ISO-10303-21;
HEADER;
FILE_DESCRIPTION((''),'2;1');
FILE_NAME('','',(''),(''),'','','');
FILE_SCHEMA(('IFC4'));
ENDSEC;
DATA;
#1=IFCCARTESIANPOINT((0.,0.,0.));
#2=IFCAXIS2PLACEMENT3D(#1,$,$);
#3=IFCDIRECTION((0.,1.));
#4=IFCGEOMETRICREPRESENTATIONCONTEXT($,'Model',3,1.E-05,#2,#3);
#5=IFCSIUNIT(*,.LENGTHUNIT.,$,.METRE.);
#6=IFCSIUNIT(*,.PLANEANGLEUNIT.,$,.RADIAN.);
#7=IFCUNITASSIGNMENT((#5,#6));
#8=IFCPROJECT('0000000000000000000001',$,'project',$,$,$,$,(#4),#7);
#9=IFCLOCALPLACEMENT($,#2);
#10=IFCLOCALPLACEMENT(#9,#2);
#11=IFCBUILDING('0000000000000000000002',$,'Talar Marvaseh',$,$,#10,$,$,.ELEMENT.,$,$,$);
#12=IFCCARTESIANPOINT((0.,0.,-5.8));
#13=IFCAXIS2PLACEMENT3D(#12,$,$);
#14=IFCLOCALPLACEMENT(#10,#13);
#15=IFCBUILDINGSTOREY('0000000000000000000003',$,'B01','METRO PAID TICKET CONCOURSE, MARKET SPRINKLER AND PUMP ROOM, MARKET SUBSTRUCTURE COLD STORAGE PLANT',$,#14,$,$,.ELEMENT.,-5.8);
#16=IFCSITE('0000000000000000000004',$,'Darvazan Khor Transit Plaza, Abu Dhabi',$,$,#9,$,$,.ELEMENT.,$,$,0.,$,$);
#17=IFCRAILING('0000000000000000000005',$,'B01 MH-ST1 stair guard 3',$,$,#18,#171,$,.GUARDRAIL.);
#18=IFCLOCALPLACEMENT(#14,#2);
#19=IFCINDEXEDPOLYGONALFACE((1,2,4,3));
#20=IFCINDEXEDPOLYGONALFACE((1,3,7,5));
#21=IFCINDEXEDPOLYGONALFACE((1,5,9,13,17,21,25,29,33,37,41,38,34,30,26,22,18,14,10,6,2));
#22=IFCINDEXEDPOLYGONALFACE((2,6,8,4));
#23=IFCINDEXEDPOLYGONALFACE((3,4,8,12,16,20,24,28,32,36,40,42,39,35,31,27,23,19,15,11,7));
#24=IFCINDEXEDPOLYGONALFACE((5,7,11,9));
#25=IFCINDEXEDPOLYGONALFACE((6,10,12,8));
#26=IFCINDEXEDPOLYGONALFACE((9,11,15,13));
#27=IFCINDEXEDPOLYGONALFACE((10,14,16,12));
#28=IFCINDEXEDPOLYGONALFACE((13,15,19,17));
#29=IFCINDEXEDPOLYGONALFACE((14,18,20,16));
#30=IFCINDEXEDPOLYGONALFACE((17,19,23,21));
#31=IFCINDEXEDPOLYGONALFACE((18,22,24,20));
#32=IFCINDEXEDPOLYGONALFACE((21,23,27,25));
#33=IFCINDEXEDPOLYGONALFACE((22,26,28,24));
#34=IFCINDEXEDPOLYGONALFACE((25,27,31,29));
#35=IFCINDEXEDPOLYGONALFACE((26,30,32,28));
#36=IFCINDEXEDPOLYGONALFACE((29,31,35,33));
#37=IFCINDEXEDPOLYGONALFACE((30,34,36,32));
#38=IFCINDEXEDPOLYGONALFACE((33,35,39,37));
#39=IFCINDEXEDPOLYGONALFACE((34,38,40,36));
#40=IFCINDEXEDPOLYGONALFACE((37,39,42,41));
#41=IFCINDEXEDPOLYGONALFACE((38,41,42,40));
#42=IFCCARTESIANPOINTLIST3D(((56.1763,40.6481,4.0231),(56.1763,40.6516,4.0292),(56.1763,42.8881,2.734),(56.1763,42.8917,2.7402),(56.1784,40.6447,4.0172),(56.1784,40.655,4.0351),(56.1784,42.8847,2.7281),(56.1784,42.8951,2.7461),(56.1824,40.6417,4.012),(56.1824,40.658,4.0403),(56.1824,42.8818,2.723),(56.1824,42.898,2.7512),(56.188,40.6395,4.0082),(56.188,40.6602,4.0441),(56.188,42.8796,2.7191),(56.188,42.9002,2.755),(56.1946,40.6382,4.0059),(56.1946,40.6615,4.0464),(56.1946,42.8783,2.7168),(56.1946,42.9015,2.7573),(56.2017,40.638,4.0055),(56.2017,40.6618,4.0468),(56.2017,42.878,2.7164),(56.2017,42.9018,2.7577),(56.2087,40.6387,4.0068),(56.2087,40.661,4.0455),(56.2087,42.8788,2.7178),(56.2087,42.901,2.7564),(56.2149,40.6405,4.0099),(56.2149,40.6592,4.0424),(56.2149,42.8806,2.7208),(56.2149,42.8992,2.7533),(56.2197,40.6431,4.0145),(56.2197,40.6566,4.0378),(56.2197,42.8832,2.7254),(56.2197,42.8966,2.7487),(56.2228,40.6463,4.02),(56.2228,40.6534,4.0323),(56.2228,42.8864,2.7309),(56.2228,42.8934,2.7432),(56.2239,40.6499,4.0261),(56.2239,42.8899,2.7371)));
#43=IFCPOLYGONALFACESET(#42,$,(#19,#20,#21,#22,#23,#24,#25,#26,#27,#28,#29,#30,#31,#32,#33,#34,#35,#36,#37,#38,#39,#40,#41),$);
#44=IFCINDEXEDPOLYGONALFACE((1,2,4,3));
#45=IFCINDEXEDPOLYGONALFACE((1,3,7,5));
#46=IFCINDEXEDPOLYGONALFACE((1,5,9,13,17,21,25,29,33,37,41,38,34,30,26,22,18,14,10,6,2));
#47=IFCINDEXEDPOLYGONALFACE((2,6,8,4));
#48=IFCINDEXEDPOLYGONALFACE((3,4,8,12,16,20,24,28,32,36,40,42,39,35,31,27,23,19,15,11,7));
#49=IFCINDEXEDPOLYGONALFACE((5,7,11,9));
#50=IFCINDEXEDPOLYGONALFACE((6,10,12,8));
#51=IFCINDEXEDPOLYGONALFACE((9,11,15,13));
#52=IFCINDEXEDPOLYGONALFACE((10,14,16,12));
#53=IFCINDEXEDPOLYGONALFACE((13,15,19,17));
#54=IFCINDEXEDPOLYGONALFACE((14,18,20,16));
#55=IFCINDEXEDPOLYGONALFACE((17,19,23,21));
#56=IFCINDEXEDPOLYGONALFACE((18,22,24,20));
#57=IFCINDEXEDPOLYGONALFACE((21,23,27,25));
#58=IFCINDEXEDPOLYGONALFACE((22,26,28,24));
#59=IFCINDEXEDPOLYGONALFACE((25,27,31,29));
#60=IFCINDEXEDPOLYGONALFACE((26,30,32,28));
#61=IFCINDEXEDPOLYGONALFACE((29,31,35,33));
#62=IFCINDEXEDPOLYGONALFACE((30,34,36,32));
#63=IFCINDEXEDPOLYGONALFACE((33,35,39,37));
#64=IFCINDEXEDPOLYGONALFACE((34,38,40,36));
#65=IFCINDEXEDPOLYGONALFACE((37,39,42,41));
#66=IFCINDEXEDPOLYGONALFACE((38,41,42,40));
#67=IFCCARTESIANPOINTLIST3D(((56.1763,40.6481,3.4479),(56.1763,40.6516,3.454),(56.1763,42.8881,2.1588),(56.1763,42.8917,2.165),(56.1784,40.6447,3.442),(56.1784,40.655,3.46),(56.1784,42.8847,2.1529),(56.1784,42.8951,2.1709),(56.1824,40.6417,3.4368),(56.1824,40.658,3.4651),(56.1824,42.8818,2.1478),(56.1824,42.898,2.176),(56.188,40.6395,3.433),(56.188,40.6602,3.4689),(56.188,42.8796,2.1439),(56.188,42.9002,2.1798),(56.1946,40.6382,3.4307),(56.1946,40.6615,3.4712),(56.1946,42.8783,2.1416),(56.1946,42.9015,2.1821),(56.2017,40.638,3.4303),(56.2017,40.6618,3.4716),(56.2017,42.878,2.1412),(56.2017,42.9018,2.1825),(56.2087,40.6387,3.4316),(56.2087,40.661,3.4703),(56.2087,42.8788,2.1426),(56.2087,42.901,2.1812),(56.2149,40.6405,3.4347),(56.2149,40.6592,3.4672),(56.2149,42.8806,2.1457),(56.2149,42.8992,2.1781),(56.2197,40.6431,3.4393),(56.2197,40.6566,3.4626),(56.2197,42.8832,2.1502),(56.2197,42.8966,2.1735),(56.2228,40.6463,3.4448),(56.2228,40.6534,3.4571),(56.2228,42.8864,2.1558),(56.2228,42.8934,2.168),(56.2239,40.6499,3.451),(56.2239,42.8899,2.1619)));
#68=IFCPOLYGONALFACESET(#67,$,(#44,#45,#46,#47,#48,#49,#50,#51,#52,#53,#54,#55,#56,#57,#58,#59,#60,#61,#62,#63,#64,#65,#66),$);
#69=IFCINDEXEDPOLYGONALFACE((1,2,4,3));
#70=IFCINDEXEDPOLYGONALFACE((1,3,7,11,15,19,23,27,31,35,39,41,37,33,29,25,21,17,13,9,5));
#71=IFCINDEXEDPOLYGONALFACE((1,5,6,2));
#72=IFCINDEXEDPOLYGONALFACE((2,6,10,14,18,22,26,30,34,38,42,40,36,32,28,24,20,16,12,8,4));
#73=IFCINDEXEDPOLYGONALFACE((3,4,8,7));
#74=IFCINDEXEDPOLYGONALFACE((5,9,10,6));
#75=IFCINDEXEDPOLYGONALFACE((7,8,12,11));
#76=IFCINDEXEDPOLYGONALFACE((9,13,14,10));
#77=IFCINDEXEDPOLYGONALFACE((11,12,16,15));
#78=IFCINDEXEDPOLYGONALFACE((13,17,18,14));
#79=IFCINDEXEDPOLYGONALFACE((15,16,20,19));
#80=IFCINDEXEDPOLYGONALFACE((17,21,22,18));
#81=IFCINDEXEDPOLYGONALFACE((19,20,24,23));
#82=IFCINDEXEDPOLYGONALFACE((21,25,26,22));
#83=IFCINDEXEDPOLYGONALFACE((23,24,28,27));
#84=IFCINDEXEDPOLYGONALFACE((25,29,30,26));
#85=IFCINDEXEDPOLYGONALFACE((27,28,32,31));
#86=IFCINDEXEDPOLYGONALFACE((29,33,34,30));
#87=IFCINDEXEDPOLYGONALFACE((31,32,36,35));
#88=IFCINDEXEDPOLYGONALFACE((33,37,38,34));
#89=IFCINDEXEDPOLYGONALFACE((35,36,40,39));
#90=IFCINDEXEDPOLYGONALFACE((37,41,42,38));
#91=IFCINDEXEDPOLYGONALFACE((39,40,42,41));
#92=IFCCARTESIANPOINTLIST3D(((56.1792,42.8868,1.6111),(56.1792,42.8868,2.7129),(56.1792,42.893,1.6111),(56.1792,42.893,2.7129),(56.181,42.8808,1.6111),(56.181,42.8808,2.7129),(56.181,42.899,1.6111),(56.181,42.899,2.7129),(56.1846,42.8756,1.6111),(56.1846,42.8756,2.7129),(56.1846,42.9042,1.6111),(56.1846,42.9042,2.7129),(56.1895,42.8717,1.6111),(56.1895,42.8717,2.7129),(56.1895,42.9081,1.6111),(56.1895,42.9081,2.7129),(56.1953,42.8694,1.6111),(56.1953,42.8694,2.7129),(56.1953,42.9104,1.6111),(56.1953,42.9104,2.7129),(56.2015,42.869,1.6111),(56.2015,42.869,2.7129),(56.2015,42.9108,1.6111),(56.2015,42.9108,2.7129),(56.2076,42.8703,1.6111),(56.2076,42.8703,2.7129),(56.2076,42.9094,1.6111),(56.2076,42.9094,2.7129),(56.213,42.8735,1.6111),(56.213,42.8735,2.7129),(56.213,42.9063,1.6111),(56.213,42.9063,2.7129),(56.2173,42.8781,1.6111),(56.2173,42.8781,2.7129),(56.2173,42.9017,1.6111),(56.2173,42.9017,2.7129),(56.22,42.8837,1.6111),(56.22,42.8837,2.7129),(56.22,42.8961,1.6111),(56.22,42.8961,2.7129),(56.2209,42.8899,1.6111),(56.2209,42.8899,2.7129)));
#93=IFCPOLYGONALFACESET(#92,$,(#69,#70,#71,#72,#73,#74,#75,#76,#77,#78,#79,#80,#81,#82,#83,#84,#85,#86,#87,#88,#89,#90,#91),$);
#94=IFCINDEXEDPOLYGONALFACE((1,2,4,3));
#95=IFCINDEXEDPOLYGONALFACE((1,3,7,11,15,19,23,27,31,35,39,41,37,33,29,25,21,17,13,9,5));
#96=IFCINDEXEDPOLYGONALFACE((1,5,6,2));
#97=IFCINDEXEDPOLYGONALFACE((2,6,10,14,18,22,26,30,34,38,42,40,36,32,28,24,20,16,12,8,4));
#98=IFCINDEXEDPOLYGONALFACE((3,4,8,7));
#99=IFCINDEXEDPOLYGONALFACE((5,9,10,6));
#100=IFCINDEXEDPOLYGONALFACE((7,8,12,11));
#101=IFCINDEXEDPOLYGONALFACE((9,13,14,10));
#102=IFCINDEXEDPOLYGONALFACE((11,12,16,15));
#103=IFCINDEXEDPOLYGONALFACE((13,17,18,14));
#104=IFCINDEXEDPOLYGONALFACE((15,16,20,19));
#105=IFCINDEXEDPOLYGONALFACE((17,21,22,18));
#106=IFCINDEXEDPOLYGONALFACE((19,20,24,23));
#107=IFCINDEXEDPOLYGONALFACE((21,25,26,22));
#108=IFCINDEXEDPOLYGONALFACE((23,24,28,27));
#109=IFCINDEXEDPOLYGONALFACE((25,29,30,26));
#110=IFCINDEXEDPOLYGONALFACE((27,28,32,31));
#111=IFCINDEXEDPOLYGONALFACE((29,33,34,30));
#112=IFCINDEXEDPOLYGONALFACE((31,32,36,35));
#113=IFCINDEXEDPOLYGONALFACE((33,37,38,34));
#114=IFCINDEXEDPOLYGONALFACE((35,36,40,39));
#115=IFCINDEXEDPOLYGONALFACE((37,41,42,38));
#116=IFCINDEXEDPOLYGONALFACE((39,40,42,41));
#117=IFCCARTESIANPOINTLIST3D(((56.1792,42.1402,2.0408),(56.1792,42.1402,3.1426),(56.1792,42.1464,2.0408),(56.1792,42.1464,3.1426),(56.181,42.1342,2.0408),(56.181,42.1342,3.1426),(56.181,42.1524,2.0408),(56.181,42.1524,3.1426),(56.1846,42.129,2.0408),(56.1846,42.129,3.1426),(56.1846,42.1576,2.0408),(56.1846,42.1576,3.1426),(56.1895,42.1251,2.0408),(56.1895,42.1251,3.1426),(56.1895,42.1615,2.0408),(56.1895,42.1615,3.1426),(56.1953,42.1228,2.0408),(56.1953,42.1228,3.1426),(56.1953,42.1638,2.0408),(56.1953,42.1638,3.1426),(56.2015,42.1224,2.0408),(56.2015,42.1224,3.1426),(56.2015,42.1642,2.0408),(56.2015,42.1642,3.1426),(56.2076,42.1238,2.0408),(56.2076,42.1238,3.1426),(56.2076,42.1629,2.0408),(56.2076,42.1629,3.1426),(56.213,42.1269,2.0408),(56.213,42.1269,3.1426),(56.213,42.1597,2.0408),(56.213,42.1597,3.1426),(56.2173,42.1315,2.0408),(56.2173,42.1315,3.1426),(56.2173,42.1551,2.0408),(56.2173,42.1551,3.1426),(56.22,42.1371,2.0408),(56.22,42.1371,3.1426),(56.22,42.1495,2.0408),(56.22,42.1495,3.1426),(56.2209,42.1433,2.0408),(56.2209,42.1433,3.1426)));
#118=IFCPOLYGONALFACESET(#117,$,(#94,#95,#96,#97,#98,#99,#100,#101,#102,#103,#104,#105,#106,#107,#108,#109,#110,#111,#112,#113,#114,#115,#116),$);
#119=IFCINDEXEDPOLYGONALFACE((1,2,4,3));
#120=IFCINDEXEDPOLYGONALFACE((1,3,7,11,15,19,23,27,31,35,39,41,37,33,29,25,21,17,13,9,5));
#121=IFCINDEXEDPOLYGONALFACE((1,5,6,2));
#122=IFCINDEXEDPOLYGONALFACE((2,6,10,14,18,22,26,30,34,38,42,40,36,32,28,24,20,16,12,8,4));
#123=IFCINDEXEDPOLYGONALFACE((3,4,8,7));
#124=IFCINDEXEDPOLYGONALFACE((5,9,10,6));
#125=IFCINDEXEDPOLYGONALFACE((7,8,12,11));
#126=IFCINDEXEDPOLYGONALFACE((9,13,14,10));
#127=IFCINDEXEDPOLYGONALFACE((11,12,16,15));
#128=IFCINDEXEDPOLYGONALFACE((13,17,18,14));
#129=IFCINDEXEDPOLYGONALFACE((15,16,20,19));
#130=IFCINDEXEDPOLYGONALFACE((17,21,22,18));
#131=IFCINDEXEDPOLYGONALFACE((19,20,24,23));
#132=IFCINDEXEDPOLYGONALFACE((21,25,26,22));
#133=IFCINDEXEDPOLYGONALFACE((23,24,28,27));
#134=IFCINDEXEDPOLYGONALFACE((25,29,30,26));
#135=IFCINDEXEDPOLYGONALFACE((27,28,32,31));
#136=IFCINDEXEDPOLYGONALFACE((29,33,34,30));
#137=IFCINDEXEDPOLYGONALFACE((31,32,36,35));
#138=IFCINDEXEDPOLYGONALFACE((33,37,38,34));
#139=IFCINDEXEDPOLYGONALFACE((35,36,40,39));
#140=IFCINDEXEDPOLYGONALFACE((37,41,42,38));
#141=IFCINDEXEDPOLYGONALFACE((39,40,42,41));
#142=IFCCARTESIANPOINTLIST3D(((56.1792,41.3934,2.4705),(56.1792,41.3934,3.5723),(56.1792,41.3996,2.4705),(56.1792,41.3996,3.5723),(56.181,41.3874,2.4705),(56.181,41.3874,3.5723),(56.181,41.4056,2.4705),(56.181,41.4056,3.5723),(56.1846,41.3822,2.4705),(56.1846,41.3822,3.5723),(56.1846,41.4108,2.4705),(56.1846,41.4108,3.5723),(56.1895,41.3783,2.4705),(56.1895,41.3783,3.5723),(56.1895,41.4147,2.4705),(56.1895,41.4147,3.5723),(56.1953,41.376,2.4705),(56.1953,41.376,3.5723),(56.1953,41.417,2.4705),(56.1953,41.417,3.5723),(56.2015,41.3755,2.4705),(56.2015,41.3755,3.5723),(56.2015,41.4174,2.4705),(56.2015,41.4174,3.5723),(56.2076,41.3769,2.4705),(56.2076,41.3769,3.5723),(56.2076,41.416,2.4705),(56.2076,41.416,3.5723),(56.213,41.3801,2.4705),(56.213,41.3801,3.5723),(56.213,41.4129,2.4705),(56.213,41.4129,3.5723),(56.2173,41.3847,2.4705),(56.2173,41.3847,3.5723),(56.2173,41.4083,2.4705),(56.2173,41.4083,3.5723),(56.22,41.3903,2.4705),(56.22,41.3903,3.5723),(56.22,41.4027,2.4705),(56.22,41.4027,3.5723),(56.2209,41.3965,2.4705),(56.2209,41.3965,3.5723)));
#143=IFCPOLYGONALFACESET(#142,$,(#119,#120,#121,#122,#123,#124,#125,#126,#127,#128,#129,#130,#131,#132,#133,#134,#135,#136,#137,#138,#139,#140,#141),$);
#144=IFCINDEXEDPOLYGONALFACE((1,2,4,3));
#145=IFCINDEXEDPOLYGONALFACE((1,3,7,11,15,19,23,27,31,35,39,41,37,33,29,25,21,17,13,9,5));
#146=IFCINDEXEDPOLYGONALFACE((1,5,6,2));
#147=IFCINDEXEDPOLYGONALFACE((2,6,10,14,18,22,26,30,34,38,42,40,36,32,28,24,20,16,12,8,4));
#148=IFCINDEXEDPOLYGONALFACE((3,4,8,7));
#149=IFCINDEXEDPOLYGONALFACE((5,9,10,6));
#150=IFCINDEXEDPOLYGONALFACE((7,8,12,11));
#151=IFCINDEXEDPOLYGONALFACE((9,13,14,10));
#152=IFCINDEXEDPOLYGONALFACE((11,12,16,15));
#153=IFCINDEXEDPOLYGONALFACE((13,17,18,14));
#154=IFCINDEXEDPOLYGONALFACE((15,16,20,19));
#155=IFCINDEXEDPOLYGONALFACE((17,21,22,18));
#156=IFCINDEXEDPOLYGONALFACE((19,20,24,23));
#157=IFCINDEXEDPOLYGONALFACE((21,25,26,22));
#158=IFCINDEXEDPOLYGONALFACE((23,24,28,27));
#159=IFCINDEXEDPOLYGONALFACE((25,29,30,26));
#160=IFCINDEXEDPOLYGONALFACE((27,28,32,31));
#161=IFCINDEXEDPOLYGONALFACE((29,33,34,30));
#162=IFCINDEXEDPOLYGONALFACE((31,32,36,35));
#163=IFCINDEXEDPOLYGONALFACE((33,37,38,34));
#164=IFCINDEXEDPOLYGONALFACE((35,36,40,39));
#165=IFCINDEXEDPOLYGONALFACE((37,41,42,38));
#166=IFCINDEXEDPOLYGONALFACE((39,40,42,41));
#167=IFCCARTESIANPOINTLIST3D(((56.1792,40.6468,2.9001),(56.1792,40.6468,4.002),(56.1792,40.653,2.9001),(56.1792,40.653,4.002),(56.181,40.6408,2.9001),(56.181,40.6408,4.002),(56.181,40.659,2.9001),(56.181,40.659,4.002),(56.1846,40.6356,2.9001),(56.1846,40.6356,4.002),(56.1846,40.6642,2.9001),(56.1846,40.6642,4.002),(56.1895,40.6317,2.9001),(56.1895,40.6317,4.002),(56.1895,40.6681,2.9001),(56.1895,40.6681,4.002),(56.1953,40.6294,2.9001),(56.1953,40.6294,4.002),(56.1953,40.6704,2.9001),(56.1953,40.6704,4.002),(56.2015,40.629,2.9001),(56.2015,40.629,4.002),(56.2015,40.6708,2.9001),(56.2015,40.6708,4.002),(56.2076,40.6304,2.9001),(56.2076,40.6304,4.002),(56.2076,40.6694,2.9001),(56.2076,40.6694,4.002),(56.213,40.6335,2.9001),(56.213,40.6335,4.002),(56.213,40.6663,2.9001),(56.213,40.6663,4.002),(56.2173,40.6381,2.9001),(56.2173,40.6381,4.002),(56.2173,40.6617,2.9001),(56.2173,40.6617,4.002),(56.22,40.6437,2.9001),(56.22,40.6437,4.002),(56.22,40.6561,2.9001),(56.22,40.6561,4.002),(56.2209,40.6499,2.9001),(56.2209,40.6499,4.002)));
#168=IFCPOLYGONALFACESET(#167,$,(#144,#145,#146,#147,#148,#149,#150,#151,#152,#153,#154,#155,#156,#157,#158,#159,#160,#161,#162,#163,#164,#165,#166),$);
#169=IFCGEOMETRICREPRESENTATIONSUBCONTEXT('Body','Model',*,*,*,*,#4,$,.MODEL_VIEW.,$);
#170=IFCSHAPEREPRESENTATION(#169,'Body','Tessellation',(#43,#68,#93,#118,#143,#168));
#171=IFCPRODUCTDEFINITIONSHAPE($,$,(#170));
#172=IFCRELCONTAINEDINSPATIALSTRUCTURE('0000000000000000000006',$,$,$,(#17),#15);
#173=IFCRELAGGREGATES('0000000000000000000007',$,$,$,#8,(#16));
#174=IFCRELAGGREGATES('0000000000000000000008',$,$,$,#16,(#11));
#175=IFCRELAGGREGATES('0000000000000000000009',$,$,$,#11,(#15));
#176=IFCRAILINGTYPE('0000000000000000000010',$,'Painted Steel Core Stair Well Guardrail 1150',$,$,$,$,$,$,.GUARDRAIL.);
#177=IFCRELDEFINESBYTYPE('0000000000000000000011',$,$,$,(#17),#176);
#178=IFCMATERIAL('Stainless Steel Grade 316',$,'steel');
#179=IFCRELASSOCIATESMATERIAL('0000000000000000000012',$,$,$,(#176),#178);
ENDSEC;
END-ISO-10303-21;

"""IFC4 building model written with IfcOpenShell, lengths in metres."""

from ifc_helpers import new_model, si_unit, direction, frame, origin, origin_2d, place, context, subcontext, project, spatial, circle, extrude, material, type_object, element, save


model = new_model("IFC4")

# Units and contexts
model_context = context("Model", 3, precision=1e-05, world=origin(), true_north=direction((0.0, 1.0)))
body_context = subcontext(model_context, "Body", "Model", "MODEL_VIEW")
ifc_project = project(units=[si_unit("LENGTHUNIT", "METRE"), si_unit("PLANEANGLEUNIT", "RADIAN")], contexts=[model_context])

# Site, building, storey
site_placement = place(None, origin())
site = spatial("IfcSite", under=ifc_project, at=site_placement, Name="Darvazan Khor Transit Plaza, Abu Dhabi", CompositionType="ELEMENT", RefElevation=0.0)
building_placement = place(site_placement, origin())
building = spatial("IfcBuilding", under=site, at=building_placement, Name="Talar Marvaseh", CompositionType="ELEMENT")
storey_placement = place(building_placement, frame((0.0, 0.0, -5.8)))
storey = spatial("IfcBuildingStorey", under=building, at=storey_placement, Name="B01", Description="METRO PAID TICKET CONCOURSE, MARKET SPRINKLER AND PUMP ROOM, MARKET SUBSTRUCTURE COLD STORAGE PLANT", CompositionType="ELEMENT", Elevation=-5.8)

# Railing
ifc_material_1 = material(Name="Stainless Steel Grade 316", Category="steel")
railing_type_1 = type_object("IfcRailingType", Name="Painted Steel Core Stair Well Guardrail 1150", PredefinedType="GUARDRAIL", material=ifc_material_1)
railing_1_placement = place(storey_placement, frame((56.2, 42.8899, 1.6111)))
element("IfcRailing", 1, at=railing_1_placement, inside=storey, type_object=railing_type_1, Name="B01 MH-ST1 stair guard 3", PredefinedType="GUARDRAIL", context=body_context, shape_type="SweptSolid", body=[
    extrude(circle(Radius=0.0239, at=origin_2d()), frame((0.0, 0.0, 1.126), z_axis=(0.0, -0.866728, 0.498782), x_axis=(1.0, 0.0, 0.0)), (0.0, 0.0, 1.0), 2.5845),
    extrude(circle(Radius=0.0239, at=origin_2d()), frame((0.0, 0.0, 0.5508), z_axis=(0.0, -0.866728, 0.498782), x_axis=(1.0, 0.0, 0.0)), (0.0, 0.0, 1.0), 2.5845),
    extrude(circle(Radius=0.021, at=origin_2d()), origin(), (0.0, 0.0, 1.0), 1.1018),
    extrude(circle(Radius=0.021, at=origin_2d()), frame((0.0, -0.7466, 0.4297)), (0.0, 0.0, 1.0), 1.1018),
    extrude(circle(Radius=0.021, at=origin_2d()), frame((0.0, -1.4934, 0.8594)), (0.0, 0.0, 1.0), 1.1018),
    extrude(circle(Radius=0.021, at=origin_2d()), frame((0.0, -2.24, 1.2891)), (0.0, 0.0, 1.0), 1.1018),
])

save(model, "model.ifc")
